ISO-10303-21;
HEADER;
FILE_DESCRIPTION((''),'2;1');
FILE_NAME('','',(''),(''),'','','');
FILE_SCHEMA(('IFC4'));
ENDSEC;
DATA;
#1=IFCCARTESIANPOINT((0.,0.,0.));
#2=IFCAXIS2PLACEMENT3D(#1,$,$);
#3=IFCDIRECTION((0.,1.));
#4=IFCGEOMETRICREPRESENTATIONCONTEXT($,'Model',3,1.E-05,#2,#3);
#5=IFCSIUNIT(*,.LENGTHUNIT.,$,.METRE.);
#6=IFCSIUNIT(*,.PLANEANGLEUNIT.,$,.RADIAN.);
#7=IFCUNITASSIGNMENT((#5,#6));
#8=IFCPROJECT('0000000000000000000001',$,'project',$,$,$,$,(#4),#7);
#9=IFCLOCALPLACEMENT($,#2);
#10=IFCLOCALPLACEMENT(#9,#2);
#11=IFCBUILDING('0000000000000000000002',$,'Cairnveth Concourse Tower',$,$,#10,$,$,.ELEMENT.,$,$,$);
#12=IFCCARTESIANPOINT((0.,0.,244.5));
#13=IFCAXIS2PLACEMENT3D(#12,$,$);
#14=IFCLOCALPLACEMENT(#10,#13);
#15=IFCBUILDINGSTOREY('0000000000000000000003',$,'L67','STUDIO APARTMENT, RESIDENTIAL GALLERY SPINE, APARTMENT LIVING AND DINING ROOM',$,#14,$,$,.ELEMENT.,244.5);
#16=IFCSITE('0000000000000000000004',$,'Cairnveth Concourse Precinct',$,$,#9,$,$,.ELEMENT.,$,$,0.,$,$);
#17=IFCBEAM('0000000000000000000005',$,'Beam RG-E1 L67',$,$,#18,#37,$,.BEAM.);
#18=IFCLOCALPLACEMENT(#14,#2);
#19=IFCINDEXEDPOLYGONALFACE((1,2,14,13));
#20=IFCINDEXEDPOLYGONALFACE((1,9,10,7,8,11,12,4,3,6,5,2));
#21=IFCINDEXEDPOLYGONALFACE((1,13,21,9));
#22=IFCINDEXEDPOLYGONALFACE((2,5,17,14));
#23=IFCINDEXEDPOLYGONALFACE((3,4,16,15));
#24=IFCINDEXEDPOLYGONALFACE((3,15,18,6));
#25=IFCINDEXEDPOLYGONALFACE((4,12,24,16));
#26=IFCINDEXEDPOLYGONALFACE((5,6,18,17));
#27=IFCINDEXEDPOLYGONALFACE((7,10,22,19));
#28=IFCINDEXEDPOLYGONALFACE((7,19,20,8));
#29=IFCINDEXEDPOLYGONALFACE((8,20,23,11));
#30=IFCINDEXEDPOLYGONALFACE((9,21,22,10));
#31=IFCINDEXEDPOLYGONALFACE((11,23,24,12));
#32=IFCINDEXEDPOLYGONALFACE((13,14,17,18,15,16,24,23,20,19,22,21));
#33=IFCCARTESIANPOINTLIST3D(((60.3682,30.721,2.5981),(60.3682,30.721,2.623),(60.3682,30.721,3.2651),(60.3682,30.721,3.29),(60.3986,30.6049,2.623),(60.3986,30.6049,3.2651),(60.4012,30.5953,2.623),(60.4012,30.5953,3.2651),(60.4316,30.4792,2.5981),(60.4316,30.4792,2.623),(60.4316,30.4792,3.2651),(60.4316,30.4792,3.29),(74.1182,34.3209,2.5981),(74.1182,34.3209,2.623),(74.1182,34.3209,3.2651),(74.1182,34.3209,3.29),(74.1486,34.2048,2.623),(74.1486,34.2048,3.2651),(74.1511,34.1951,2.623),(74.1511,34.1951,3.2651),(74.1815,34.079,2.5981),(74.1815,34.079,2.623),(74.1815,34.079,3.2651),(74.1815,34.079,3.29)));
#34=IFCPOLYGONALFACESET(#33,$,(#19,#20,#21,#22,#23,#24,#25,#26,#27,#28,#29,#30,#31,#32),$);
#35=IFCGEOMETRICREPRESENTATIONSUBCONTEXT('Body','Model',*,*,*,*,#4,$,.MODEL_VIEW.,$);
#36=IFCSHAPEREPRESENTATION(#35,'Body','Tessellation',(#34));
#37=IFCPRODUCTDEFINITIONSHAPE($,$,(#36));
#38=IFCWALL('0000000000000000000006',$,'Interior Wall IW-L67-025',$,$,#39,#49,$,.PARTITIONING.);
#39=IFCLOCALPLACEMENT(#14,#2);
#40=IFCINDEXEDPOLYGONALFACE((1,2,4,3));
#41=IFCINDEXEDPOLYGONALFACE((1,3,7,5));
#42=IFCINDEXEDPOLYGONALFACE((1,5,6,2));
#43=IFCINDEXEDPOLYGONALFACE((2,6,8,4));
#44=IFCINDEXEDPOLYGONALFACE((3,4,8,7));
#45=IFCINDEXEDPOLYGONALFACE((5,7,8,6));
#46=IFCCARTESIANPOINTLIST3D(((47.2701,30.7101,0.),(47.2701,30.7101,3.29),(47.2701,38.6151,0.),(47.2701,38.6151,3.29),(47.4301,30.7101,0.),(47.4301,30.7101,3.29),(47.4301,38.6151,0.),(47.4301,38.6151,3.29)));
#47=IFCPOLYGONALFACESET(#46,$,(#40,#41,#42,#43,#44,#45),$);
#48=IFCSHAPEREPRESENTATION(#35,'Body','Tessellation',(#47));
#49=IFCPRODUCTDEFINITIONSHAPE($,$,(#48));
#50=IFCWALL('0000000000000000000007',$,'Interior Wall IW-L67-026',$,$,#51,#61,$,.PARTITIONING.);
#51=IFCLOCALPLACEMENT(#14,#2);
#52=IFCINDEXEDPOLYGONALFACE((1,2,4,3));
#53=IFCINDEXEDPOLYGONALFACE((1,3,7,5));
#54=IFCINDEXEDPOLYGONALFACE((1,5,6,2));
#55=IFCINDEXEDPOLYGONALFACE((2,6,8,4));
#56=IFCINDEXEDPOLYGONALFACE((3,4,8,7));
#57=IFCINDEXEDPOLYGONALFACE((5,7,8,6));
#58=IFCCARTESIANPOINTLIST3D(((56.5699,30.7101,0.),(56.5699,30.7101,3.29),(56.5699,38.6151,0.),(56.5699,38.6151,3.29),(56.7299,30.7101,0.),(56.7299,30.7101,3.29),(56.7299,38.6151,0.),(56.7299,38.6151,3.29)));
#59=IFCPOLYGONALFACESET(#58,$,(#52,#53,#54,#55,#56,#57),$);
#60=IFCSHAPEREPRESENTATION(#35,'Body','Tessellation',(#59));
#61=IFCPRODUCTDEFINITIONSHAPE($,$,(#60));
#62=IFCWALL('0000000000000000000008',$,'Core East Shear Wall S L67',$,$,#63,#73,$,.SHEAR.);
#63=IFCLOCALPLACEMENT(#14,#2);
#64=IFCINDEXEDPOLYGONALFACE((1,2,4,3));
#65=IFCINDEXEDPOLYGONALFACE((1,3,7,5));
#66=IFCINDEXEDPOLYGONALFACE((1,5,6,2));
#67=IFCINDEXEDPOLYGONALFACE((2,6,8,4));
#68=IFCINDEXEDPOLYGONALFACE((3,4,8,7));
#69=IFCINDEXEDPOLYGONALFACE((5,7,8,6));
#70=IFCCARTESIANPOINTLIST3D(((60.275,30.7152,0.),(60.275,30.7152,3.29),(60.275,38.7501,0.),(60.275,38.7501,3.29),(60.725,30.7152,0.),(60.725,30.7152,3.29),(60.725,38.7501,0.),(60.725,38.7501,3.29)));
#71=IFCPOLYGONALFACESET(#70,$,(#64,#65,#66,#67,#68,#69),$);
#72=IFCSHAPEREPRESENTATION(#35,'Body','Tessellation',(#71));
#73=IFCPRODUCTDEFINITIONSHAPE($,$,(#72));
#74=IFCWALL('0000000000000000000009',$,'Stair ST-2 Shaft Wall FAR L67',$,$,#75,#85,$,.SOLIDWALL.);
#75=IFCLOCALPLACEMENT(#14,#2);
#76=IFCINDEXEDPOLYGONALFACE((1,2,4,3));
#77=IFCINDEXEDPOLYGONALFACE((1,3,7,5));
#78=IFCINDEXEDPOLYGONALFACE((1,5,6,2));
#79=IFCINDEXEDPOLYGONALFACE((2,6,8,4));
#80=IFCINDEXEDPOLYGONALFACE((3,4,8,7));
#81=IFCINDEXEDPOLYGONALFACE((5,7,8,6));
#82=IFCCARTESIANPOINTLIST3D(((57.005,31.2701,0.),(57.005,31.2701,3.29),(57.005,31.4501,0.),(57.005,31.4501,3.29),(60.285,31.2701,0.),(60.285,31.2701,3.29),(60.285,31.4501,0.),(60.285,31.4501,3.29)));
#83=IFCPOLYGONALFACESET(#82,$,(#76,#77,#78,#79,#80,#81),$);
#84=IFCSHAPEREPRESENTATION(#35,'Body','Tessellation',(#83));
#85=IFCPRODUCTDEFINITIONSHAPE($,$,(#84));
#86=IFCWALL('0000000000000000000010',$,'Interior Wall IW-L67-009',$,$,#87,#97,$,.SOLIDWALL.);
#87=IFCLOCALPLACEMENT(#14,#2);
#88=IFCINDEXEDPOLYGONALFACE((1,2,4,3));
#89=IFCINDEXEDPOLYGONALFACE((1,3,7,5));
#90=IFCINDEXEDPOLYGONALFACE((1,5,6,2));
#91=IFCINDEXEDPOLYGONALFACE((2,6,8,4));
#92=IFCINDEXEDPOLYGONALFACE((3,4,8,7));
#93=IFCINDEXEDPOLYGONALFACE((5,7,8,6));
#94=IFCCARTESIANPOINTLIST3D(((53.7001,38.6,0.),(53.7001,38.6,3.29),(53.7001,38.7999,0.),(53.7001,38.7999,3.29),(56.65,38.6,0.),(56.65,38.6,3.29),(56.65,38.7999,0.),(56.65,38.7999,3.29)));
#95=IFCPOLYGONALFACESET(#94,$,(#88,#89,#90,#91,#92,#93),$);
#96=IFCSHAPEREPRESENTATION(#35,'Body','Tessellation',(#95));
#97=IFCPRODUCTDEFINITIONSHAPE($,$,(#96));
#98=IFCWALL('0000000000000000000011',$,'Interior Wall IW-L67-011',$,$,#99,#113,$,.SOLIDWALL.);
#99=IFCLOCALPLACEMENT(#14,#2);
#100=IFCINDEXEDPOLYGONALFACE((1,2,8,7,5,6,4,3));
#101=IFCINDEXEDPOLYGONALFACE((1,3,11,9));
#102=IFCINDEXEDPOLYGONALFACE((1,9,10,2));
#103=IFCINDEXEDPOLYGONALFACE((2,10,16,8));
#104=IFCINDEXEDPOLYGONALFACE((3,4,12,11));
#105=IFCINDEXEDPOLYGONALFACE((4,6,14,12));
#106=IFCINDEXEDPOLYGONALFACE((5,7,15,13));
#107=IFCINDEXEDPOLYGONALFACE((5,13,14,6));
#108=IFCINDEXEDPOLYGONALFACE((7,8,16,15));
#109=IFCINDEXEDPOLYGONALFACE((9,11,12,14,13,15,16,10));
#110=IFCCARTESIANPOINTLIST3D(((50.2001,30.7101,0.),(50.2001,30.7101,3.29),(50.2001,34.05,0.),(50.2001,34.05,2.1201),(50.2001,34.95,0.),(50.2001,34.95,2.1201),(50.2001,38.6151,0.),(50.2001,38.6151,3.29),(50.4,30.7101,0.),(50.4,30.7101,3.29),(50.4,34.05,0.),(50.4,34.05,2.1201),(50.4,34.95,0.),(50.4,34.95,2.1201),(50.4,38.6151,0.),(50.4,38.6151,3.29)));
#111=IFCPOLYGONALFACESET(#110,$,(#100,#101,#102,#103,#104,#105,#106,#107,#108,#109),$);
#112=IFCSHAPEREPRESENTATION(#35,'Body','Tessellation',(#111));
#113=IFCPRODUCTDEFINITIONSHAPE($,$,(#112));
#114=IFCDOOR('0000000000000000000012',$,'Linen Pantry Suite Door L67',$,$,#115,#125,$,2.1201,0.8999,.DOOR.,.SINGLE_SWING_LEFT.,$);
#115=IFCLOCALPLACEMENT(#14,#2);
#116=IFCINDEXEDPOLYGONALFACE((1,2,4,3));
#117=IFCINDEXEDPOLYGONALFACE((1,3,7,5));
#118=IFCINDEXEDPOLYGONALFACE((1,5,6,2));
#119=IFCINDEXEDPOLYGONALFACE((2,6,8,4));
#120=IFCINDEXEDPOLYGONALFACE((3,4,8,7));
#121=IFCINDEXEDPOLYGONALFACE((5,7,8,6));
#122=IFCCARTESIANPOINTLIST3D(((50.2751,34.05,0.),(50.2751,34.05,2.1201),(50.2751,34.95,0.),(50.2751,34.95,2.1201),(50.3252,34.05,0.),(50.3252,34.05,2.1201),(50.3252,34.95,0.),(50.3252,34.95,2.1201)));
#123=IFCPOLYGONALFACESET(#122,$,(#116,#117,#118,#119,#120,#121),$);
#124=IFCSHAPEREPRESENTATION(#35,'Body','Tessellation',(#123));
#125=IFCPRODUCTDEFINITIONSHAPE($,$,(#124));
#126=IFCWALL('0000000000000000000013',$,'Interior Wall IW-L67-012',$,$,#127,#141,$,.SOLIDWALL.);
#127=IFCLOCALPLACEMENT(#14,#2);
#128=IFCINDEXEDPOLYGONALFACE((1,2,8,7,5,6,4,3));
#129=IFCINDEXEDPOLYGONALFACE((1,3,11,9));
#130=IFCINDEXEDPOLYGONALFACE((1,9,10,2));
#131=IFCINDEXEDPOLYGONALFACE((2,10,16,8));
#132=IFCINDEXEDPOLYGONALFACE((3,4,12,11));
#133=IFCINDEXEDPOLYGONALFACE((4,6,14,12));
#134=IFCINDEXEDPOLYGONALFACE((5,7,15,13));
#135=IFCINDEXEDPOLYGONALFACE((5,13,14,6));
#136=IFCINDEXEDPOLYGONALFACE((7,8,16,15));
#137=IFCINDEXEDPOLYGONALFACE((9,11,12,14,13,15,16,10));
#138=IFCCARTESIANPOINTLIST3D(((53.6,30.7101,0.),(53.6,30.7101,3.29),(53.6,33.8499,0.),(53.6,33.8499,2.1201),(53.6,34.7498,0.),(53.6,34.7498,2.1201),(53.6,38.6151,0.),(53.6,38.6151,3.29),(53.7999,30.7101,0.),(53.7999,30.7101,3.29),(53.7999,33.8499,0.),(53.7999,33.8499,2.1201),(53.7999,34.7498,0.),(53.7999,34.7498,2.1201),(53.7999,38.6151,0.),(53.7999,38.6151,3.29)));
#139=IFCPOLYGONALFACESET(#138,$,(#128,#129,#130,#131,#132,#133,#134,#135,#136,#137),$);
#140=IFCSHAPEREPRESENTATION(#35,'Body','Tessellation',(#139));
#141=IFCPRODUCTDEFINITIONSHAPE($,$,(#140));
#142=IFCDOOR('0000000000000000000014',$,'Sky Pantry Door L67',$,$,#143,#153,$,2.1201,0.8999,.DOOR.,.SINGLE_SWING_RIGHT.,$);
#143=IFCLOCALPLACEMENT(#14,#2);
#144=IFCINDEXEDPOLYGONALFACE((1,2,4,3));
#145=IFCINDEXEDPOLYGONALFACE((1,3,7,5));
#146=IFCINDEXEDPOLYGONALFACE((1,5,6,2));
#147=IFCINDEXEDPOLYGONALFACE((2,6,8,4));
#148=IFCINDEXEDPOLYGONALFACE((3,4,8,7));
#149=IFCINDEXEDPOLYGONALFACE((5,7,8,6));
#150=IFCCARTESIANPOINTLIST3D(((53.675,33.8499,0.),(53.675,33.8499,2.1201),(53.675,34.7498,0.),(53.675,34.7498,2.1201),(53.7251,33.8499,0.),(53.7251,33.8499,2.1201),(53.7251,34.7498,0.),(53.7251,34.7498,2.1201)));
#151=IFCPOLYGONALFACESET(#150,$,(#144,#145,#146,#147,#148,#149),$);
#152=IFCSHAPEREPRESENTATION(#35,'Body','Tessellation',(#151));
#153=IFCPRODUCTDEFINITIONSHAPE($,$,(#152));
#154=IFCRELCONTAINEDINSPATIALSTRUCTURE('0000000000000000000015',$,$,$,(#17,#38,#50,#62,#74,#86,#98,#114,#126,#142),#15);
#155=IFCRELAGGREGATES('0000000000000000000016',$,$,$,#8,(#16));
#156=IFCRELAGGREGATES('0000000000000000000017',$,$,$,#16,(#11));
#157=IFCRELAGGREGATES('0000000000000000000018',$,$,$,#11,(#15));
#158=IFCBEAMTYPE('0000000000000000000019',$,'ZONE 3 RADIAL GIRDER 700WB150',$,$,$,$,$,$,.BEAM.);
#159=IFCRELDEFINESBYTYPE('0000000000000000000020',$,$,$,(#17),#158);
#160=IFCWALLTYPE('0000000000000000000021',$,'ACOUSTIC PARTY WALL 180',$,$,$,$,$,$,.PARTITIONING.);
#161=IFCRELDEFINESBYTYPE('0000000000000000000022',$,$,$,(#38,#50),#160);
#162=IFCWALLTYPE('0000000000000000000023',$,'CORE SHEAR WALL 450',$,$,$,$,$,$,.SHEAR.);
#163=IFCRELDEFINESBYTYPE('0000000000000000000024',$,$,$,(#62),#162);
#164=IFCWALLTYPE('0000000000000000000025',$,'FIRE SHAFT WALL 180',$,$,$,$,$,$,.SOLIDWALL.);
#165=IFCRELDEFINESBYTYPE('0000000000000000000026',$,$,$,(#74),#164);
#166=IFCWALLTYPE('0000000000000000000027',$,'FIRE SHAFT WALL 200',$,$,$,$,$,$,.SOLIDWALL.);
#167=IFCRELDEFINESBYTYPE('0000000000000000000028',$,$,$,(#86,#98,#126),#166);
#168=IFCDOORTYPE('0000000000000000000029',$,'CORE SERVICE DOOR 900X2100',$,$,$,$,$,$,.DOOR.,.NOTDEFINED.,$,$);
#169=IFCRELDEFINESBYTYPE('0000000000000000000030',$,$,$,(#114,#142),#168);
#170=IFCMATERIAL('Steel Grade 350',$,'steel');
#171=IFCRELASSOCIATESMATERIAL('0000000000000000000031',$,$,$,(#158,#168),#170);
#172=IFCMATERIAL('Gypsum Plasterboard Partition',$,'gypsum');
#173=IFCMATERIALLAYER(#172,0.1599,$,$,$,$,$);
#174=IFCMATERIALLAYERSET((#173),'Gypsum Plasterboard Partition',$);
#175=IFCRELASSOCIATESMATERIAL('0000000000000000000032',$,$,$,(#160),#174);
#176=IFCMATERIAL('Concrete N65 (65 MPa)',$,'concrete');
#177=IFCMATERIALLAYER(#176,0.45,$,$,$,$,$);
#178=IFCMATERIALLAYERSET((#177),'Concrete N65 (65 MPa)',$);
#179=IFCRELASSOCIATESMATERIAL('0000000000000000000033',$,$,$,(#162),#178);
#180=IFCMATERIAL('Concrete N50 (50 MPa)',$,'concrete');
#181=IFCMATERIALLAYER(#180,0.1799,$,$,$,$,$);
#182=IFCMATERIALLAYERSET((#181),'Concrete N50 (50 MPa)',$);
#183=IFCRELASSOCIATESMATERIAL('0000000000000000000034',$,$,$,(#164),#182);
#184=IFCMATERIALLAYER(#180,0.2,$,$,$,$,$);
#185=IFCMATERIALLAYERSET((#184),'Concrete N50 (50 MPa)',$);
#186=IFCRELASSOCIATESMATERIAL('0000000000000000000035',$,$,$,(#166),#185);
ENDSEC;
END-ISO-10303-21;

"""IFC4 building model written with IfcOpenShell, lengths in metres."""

from ifc_helpers import new_model, si_unit, direction, frame, frame_2d, origin, origin_2d, place, context, subcontext, project, spatial, rectangle, i_section, extrude, material, layer, layer_set, material_profile, profile_set, type_object, element, fill, save


model = new_model("IFC4")

# Units and contexts
model_context = context("Model", 3, precision=1e-05, world=origin(), true_north=direction((0.0, 1.0)))
body_context = subcontext(model_context, "Body", "Model", "MODEL_VIEW")
ifc_project = project(units=[si_unit("LENGTHUNIT", "METRE"), si_unit("PLANEANGLEUNIT", "RADIAN")], contexts=[model_context])

# Site, building, storey
site_placement = place(None, origin())
site = spatial("IfcSite", under=ifc_project, at=site_placement, Name="Cairnveth Concourse Precinct", CompositionType="ELEMENT", RefElevation=0.0)
building_placement = place(site_placement, origin())
building = spatial("IfcBuilding", under=site, at=building_placement, Name="Cairnveth Concourse Tower", CompositionType="ELEMENT")
storey_placement = place(building_placement, frame((0.0, 0.0, 244.5)))
storey = spatial("IfcBuildingStorey", under=building, at=storey_placement, Name="L67", Description="STUDIO APARTMENT, RESIDENTIAL GALLERY SPINE, APARTMENT LIVING AND DINING ROOM", CompositionType="ELEMENT", Elevation=244.5)

# Beam
ifc_material_1 = material(Name="Steel Grade 350", Category="steel")
ifc_material_profile = material_profile(ifc_material_1, i_section(OverallWidth=0.25, OverallDepth=0.6919, WebThickness=0.01, FlangeThickness=0.0249, at=origin_2d()), Name="700WB150")
ifc_profile_set = profile_set([ifc_material_profile], Name="Steel Grade 350")
beam_type = type_object("IfcBeamType", Name="ZONE 3 RADIAL GIRDER 700WB150", PredefinedType="BEAM", material=ifc_profile_set)
beam_placement = place(storey_placement, frame((60.3999, 30.6001, 2.9441), z_axis=(0.967395, 0.253271, 0.0), x_axis=(-0.253271, 0.967395, 0.0)))
element("IfcBeam", 1, at=beam_placement, inside=storey, type_object=beam_type, Name="Beam RG-E1 L67", PredefinedType="BEAM", context=body_context, shape_type="SweptSolid", body=[
    extrude(i_section(OverallWidth=0.25, OverallDepth=0.6919, WebThickness=0.01, FlangeThickness=0.0249, at=origin_2d()), origin(), (0.0, 0.0, 1.0), 14.2134),
])

# Walls
ifc_material_2 = material(Name="Gypsum Plasterboard Partition", Category="gypsum")
ifc_layer_1 = layer(ifc_material_2, 0.1599)
ifc_layer_set_1 = layer_set([ifc_layer_1], Name="Gypsum Plasterboard Partition")
wall_type_1 = type_object("IfcWallType", Name="ACOUSTIC PARTY WALL 180", PredefinedType="PARTITIONING", material=ifc_layer_set_1)
for number, where, z_axis, x_axis, name in (
    (2, (47.3501, 30.71, 0.0), (0.0, 0.0, 1.0), (0.0, 1.0, 0.0), "Interior Wall IW-L67-025"),
    (3, (56.6499, 30.71, 0.0), (0.0, 0.0, 1.0), (0.0, 1.0, 0.0), "Interior Wall IW-L67-026"),
):
    element("IfcWall", number, at=place(storey_placement, frame(where, z_axis=z_axis, x_axis=x_axis)), inside=storey, type_object=wall_type_1, Name=name, PredefinedType="PARTITIONING", context=body_context, shape_type="SweptSolid", body=[
        extrude(rectangle(XDim=7.905, YDim=0.1599, at=frame_2d((3.9526, 0.0))), origin(), (0.0, 0.0, 1.0), 3.29),
    ])
ifc_material_3 = material(Name="Concrete N65 (65 MPa)", Category="concrete")
ifc_layer_2 = layer(ifc_material_3, 0.45)
ifc_layer_set_2 = layer_set([ifc_layer_2], Name="Concrete N65 (65 MPa)")
wall_type_2 = type_object("IfcWallType", Name="CORE SHEAR WALL 450", PredefinedType="SHEAR", material=ifc_layer_set_2)
wall_1_placement = place(storey_placement, frame((60.5, 30.7151, 0.0), z_axis=(0.0, 0.0, 1.0), x_axis=(0.0, 1.0, 0.0)))
element("IfcWall", 4, at=wall_1_placement, inside=storey, type_object=wall_type_2, Name="Core East Shear Wall S L67", PredefinedType="SHEAR", context=body_context, shape_type="SweptSolid", body=[
    extrude(rectangle(XDim=8.0349, YDim=0.45, at=frame_2d((4.0176, 0.0))), origin(), (0.0, 0.0, 1.0), 3.29),
])

# Shared definitions
ifc_material_4 = material(Name="Concrete N50 (50 MPa)", Category="concrete")
ifc_layer_3 = layer(ifc_material_4, 0.1799)
ifc_layer_set_3 = layer_set([ifc_layer_3], Name="Concrete N50 (50 MPa)")
wall_type_3 = type_object("IfcWallType", Name="FIRE SHAFT WALL 180", PredefinedType="SOLIDWALL", material=ifc_layer_set_3)

# Walls
wall_2_placement = place(storey_placement, frame((57.0049, 31.3601, 0.0), z_axis=(0.0, 0.0, 1.0), x_axis=(1.0, 0.0, 0.0)))
element("IfcWall", 5, at=wall_2_placement, inside=storey, type_object=wall_type_3, Name="Stair ST-2 Shaft Wall FAR L67", PredefinedType="SOLIDWALL", context=body_context, shape_type="SweptSolid", body=[
    extrude(rectangle(XDim=3.28, YDim=0.1799, at=frame_2d((1.6401, 0.0))), origin(), (0.0, 0.0, 1.0), 3.29),
])
ifc_layer_4 = layer(ifc_material_4, 0.2)
ifc_layer_set_4 = layer_set([ifc_layer_4], Name="Concrete N50 (50 MPa)")
wall_type_4 = type_object("IfcWallType", Name="FIRE SHAFT WALL 200", PredefinedType="SOLIDWALL", material=ifc_layer_set_4)
wall_3_placement = place(storey_placement, frame((53.7, 38.7, 0.0), z_axis=(0.0, 0.0, 1.0), x_axis=(1.0, 0.0, 0.0)))
element("IfcWall", 6, at=wall_3_placement, inside=storey, type_object=wall_type_4, Name="Interior Wall IW-L67-009", PredefinedType="SOLIDWALL", context=body_context, shape_type="SweptSolid", body=[
    extrude(rectangle(XDim=2.95, YDim=0.2, at=frame_2d((1.4751, 0.0))), origin(), (0.0, 0.0, 1.0), 3.29),
])

# Walls, openings, doors
wall_4_placement = place(storey_placement, frame((50.3, 30.71, 0.0), z_axis=(0.0, 0.0, 1.0), x_axis=(0.0, 1.0, 0.0)))
wall_4 = element("IfcWall", 7, at=wall_4_placement, inside=storey, type_object=wall_type_4, Name="Interior Wall IW-L67-011", PredefinedType="SOLIDWALL", context=body_context, shape_type="SweptSolid", body=[
    extrude(rectangle(XDim=7.905, YDim=0.2, at=frame_2d((3.9526, 0.0))), origin(), (0.0, 0.0, 1.0), 3.29),
])
opening_1_placement = place(wall_4_placement, frame((3.3401, 0.0, 0.0)))
opening_1 = element("IfcOpeningElement", 8, at=opening_1_placement, cuts=wall_4, PredefinedType="OPENING", context=body_context, shape_type="SweptSolid", body=[
    extrude(rectangle(XDim=0.8999, YDim=2.1201, at=frame_2d((0.45, 1.0601))), frame((0.0, 0.1099, 0.0), z_axis=(0.0, -1.0, 0.0), x_axis=(1.0, 0.0, 0.0)), (0.0, 0.0, 1.0), 0.22),
])
door_type_1 = type_object("IfcDoorType", Name="CORE SERVICE DOOR 900X2100", OperationType="NOTDEFINED", PredefinedType="DOOR", material=ifc_material_1)
door_1_placement = place(opening_1_placement, origin())
door_1 = element("IfcDoor", 9, at=door_1_placement, inside=storey, type_object=door_type_1, Name="Linen Pantry Suite Door L67", OperationType="SINGLE_SWING_LEFT", OverallHeight=2.1201, OverallWidth=0.8999, PredefinedType="DOOR", context=body_context, shape_type="SweptSolid", body=[
    extrude(rectangle(XDim=0.8999, YDim=2.1201, at=frame_2d((0.45, 1.0601))), frame((0.0, 0.0249, 0.0), z_axis=(0.0, -1.0, 0.0), x_axis=(1.0, 0.0, 0.0)), (0.0, 0.0, 1.0), 0.05),
])
fill(opening_1, door_1)
wall_5_placement = place(storey_placement, frame((53.7, 30.71, 0.0), z_axis=(0.0, 0.0, 1.0), x_axis=(0.0, 1.0, 0.0)))
wall_5 = element("IfcWall", 10, at=wall_5_placement, inside=storey, type_object=wall_type_4, Name="Interior Wall IW-L67-012", PredefinedType="SOLIDWALL", context=body_context, shape_type="SweptSolid", body=[
    extrude(rectangle(XDim=7.905, YDim=0.2, at=frame_2d((3.9526, 0.0))), origin(), (0.0, 0.0, 1.0), 3.29),
])
opening_2_placement = place(wall_5_placement, frame((3.1399, 0.0, 0.0)))
opening_2 = element("IfcOpeningElement", 11, at=opening_2_placement, cuts=wall_5, PredefinedType="OPENING", context=body_context, shape_type="SweptSolid", body=[
    extrude(rectangle(XDim=0.8999, YDim=2.1201, at=frame_2d((0.45, 1.0601))), frame((0.0, 0.1099, 0.0), z_axis=(0.0, -1.0, 0.0), x_axis=(1.0, 0.0, 0.0)), (0.0, 0.0, 1.0), 0.22),
])
door_2_placement = place(opening_2_placement, origin())
door_2 = element("IfcDoor", 12, at=door_2_placement, inside=storey, type_object=door_type_1, Name="Sky Pantry Door L67", OperationType="SINGLE_SWING_RIGHT", OverallHeight=2.1201, OverallWidth=0.8999, PredefinedType="DOOR", context=body_context, shape_type="SweptSolid", body=[
    extrude(rectangle(XDim=0.8999, YDim=2.1201, at=frame_2d((0.45, 1.0601))), frame((0.0, 0.0249, 0.0), z_axis=(0.0, -1.0, 0.0), x_axis=(1.0, 0.0, 0.0)), (0.0, 0.0, 1.0), 0.05),
])
fill(opening_2, door_2)

save(model, "model.ifc")
